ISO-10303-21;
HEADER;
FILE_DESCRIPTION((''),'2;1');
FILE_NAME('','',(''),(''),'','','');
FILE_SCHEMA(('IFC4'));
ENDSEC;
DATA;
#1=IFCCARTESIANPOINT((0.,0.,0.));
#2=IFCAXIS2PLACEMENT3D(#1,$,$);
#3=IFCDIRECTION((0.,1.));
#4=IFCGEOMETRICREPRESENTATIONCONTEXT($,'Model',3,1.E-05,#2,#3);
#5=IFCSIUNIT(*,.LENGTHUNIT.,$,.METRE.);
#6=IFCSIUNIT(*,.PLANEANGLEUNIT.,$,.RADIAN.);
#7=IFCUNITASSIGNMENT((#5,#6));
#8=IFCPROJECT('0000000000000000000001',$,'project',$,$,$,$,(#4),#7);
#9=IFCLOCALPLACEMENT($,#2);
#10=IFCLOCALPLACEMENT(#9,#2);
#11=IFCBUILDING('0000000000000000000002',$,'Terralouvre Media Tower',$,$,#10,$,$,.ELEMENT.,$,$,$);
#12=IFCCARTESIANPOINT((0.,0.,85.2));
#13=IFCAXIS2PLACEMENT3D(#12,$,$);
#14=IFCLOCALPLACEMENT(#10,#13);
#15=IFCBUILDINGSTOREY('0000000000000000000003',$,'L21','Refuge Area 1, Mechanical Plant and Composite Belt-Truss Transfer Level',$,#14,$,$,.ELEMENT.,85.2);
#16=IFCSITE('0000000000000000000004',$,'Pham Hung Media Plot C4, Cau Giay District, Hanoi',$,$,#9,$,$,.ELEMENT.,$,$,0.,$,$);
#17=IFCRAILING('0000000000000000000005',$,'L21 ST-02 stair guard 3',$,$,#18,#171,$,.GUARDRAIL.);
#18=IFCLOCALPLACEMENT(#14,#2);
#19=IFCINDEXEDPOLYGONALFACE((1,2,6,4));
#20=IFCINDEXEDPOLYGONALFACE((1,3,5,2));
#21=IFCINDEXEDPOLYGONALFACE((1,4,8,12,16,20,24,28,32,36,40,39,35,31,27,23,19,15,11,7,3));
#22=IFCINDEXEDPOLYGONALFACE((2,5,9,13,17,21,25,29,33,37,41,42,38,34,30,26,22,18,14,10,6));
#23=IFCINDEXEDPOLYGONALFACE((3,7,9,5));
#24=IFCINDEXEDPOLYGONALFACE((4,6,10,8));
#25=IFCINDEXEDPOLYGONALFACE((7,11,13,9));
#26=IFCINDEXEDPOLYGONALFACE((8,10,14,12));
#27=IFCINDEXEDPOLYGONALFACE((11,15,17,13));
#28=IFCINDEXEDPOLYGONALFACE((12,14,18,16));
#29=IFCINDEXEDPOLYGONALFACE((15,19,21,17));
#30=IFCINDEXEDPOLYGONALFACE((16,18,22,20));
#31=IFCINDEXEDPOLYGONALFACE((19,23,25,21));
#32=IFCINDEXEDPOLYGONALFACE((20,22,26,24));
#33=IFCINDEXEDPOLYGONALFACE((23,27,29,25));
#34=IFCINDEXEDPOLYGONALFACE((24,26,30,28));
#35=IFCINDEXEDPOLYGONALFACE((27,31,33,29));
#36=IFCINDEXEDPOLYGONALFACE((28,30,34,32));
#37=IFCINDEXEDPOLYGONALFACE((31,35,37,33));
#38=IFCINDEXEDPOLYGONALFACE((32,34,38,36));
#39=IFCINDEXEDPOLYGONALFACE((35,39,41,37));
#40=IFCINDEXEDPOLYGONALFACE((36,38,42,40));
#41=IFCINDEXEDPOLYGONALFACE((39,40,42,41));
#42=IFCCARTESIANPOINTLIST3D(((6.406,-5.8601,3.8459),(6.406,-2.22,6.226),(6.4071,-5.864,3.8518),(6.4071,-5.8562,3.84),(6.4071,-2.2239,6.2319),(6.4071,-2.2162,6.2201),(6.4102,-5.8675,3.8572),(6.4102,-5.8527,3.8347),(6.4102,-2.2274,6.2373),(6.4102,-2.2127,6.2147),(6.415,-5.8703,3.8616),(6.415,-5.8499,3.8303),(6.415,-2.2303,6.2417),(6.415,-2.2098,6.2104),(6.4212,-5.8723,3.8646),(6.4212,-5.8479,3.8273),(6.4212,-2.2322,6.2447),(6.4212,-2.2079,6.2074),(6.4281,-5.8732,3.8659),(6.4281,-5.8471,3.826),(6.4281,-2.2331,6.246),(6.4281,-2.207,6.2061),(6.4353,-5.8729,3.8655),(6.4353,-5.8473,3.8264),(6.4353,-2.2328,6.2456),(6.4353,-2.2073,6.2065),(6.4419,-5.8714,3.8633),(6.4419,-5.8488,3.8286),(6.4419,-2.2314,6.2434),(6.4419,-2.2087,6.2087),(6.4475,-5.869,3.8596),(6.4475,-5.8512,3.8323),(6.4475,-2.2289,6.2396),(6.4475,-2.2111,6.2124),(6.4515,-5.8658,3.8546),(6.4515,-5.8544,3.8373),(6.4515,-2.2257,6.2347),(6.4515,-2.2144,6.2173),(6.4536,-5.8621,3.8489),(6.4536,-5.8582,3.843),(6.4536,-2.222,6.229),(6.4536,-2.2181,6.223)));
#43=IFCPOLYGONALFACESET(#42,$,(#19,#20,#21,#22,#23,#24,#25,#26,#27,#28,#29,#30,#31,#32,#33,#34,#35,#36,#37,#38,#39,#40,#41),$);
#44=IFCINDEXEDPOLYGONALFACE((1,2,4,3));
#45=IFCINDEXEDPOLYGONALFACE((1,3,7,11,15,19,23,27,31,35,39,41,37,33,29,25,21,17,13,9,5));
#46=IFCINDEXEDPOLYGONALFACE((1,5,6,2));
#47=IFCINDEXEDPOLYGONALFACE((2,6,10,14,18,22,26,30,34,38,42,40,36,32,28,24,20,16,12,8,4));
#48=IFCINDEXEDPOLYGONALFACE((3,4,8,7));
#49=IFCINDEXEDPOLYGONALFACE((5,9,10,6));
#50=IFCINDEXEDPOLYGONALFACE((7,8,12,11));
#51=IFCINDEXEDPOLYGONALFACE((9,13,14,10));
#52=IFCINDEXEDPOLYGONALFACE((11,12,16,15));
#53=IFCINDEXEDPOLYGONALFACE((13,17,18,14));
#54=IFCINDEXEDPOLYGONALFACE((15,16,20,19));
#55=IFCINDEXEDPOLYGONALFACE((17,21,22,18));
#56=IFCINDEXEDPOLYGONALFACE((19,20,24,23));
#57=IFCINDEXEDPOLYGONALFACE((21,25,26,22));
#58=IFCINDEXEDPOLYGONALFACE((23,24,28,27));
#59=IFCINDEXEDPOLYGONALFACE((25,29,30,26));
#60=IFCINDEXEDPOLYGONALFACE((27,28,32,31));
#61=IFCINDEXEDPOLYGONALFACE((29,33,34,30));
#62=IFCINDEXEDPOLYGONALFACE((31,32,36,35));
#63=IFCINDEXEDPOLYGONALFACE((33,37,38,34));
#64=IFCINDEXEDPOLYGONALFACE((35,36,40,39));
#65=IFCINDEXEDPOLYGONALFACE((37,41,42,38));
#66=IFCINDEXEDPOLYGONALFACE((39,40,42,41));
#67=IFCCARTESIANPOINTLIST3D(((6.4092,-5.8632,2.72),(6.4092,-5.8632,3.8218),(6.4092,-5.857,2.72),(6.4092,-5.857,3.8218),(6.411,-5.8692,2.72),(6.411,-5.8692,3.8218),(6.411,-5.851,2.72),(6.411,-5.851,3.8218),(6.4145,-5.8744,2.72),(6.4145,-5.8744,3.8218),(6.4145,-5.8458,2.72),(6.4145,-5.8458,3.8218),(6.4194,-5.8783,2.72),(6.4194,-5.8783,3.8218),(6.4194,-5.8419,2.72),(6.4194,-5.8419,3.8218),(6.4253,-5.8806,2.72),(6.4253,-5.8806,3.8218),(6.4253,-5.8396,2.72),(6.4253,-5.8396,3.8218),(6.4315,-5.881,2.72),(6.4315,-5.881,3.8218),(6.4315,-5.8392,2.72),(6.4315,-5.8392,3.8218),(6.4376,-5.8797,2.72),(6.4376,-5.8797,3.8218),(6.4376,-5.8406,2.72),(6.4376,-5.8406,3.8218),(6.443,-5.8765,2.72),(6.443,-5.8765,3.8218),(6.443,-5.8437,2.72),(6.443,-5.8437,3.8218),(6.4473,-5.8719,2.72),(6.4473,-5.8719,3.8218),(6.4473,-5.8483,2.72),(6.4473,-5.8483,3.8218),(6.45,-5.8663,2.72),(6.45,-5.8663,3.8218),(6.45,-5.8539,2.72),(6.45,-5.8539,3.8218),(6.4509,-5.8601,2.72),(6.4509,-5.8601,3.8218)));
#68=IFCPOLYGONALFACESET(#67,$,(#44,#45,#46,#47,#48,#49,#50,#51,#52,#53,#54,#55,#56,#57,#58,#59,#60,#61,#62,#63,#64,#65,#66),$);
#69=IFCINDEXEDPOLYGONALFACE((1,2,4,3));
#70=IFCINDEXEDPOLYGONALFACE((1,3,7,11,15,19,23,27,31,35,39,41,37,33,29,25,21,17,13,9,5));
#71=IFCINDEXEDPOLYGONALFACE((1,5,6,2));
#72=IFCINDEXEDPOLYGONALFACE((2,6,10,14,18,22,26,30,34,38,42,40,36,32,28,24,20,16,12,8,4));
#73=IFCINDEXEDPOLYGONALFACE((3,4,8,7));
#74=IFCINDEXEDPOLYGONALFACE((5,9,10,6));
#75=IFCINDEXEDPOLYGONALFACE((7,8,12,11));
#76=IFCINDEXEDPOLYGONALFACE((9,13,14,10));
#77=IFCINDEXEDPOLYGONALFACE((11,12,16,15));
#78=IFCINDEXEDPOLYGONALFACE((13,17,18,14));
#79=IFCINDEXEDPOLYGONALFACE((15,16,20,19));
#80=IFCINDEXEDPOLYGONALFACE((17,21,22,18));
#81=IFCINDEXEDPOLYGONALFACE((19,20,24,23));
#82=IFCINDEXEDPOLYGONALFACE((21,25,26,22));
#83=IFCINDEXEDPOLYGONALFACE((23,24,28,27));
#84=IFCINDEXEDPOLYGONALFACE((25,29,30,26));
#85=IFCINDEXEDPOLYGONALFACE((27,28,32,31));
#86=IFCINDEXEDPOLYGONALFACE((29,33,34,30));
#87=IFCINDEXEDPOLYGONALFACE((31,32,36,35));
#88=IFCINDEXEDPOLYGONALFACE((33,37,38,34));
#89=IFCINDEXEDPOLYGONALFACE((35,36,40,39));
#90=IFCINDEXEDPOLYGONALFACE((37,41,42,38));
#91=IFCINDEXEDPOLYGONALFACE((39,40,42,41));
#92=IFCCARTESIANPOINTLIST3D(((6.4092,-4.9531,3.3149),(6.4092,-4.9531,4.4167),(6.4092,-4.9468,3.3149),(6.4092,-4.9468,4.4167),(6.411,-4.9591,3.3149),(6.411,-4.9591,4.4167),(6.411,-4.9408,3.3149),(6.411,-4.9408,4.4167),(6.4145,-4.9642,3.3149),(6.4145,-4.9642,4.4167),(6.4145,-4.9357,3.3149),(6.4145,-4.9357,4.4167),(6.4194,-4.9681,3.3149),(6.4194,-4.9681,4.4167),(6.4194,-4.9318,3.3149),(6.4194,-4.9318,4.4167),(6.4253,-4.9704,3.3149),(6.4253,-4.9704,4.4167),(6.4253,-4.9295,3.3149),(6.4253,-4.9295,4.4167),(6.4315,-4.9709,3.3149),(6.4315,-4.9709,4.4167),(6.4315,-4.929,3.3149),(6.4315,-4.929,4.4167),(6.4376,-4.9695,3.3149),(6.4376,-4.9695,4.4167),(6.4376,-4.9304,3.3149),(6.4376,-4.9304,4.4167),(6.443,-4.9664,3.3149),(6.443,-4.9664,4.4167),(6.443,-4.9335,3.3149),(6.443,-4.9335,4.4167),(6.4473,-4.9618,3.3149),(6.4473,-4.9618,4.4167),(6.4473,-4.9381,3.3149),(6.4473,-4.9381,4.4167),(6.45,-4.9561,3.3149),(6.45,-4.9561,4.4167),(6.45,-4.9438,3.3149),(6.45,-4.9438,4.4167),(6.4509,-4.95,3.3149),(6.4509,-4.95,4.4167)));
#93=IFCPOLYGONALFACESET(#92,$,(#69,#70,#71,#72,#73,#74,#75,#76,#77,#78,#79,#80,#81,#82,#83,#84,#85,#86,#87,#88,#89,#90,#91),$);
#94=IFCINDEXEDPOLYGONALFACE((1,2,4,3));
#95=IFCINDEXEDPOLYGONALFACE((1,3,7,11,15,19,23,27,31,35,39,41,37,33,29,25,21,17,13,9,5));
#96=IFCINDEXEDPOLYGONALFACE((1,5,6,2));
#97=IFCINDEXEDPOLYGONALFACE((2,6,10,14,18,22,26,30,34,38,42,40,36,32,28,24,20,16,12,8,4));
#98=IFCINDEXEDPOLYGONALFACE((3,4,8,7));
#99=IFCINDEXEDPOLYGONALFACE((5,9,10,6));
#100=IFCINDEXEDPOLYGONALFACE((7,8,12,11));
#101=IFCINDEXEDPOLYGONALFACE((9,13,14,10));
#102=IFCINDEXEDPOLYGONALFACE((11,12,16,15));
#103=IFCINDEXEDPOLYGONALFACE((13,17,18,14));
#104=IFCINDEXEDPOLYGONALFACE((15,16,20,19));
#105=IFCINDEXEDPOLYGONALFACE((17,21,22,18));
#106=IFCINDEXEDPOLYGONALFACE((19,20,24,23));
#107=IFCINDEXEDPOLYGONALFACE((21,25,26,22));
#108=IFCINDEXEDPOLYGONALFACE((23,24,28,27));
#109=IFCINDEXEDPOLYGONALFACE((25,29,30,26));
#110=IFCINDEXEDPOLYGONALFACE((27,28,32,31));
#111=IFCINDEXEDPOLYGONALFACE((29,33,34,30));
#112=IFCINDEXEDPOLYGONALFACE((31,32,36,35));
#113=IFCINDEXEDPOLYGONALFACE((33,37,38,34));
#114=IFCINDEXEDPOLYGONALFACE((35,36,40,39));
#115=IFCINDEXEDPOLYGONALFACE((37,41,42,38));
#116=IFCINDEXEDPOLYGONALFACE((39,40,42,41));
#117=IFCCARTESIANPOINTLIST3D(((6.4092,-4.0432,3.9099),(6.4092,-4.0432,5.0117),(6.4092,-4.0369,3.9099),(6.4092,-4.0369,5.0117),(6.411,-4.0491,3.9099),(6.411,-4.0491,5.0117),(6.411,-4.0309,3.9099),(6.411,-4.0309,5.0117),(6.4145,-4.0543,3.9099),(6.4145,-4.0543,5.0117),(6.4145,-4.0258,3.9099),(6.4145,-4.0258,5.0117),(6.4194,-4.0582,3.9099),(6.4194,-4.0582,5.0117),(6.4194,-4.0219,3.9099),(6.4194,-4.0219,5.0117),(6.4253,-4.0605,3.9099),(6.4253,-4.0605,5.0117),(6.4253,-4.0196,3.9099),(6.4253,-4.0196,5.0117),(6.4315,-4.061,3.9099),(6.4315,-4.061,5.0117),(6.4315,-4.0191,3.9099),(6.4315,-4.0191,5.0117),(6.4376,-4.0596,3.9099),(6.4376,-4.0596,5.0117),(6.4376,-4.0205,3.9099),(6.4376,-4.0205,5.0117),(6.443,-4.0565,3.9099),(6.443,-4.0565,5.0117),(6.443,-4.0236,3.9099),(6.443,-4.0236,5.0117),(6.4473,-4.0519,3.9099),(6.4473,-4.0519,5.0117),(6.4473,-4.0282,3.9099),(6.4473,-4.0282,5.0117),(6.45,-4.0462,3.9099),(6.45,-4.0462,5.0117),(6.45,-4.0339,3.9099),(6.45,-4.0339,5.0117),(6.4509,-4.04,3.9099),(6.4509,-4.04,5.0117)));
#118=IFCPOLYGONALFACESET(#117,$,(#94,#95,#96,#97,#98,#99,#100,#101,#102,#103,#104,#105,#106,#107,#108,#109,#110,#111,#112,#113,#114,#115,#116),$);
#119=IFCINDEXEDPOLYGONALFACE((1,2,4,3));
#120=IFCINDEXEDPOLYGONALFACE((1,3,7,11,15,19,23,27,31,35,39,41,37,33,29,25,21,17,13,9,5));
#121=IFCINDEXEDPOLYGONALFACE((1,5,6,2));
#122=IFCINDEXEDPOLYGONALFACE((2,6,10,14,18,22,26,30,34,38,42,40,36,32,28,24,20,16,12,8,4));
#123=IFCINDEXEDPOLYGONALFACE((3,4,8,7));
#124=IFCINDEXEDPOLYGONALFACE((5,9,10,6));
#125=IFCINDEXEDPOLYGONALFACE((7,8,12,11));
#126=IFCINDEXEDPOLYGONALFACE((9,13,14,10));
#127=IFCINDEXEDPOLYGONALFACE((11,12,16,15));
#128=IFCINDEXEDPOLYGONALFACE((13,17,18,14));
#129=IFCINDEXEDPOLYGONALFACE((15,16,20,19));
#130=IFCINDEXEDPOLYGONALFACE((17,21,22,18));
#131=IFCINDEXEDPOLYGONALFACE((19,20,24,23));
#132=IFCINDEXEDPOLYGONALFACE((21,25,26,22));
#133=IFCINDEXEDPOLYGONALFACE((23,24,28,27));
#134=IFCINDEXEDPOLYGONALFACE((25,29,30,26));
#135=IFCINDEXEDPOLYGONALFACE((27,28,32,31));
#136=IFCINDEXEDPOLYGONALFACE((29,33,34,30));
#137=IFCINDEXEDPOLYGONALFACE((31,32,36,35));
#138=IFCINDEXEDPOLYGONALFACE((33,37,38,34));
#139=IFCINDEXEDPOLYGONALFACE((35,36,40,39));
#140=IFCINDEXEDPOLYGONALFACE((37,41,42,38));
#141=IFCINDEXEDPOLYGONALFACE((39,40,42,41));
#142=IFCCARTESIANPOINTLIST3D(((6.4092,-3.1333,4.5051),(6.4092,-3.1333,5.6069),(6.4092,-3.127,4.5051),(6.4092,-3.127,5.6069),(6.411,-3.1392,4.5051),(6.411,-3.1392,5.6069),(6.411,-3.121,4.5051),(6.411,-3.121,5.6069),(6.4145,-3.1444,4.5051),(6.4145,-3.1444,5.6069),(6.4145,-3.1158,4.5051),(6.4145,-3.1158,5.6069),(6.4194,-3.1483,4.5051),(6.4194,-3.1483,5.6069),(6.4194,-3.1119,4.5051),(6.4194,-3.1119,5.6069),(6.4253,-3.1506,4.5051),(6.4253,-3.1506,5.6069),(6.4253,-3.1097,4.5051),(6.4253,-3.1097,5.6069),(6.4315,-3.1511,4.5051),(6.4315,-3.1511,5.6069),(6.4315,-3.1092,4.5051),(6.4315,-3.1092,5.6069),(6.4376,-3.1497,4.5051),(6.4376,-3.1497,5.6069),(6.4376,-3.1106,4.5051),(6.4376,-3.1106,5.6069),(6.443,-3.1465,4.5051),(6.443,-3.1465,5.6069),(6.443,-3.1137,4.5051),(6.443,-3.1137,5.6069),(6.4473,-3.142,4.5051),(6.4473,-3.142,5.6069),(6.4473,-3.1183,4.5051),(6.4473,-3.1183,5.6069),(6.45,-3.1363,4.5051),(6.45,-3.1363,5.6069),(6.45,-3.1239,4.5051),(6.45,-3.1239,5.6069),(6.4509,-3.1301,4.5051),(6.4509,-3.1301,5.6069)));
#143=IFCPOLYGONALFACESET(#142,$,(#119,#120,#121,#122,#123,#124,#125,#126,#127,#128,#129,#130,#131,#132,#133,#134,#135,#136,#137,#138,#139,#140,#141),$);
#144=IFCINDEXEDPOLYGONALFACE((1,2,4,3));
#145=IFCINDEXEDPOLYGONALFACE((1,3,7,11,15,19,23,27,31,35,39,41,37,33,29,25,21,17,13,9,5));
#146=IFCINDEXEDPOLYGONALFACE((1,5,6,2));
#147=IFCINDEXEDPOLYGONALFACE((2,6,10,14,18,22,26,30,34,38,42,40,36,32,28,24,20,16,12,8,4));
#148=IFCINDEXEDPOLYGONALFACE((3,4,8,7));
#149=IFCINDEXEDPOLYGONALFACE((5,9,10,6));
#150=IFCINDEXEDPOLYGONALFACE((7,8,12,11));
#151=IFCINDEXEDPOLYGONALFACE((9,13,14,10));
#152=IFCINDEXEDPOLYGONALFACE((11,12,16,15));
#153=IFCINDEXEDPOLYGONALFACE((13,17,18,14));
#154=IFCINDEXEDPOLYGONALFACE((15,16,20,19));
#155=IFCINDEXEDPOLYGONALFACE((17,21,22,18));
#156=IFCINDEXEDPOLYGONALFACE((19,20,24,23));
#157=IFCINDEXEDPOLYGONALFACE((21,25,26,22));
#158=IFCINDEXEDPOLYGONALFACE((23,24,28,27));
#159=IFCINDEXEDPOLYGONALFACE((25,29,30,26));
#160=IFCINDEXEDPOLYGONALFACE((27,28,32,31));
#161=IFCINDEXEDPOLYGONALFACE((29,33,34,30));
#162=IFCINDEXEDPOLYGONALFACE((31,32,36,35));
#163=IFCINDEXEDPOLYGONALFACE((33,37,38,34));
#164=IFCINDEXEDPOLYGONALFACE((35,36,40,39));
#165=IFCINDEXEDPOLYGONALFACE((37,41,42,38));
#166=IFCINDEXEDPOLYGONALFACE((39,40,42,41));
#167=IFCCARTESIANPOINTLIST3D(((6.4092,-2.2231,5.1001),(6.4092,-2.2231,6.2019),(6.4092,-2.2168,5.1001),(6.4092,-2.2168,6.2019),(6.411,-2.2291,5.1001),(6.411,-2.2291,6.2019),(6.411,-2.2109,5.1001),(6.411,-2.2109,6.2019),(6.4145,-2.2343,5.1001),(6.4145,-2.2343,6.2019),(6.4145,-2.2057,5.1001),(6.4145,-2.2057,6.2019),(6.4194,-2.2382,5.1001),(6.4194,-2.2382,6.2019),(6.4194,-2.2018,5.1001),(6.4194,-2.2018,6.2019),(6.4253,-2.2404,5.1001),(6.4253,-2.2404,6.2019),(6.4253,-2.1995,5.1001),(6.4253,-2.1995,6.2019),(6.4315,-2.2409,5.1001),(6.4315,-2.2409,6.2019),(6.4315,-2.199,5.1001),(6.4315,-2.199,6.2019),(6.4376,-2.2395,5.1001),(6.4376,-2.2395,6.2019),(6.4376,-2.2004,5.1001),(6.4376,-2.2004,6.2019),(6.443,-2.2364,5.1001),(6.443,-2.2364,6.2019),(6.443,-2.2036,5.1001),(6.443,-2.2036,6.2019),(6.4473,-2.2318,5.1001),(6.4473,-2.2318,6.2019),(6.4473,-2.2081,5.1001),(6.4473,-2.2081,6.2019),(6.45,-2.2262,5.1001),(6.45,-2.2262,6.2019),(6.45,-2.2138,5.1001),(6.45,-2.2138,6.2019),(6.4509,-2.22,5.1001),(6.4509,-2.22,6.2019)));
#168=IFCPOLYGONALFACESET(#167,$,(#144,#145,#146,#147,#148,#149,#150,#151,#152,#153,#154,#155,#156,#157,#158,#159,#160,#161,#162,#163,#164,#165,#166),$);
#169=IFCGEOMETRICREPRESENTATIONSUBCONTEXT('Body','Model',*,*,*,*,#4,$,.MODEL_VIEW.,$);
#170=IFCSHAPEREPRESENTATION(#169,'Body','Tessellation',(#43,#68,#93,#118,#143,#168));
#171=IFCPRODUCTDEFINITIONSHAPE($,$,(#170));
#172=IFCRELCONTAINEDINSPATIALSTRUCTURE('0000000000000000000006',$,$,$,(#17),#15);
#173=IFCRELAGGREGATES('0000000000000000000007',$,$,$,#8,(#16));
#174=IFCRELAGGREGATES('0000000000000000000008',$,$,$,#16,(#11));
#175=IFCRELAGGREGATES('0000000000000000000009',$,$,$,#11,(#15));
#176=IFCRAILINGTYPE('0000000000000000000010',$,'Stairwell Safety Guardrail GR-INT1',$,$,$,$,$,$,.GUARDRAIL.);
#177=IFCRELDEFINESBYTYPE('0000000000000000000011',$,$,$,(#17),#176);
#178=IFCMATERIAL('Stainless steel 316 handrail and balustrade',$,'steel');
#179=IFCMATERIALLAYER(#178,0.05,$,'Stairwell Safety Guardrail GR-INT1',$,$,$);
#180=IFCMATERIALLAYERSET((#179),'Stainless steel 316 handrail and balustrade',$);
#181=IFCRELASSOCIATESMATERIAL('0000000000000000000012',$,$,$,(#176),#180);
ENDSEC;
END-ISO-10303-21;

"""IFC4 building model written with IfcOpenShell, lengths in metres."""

from ifc_helpers import new_model, si_unit, direction, frame, origin, origin_2d, place, context, subcontext, project, spatial, circle, extrude, material, layer, layer_set, type_object, element, save


model = new_model("IFC4")

# Units and contexts
model_context = context("Model", 3, precision=1e-05, world=origin(), true_north=direction((0.0, 1.0)))
body_context = subcontext(model_context, "Body", "Model", "MODEL_VIEW")
ifc_project = project(units=[si_unit("LENGTHUNIT", "METRE"), si_unit("PLANEANGLEUNIT", "RADIAN")], contexts=[model_context])

# Site, building, storey
site_placement = place(None, origin())
site = spatial("IfcSite", under=ifc_project, at=site_placement, Name="Pham Hung Media Plot C4, Cau Giay District, Hanoi", CompositionType="ELEMENT", RefElevation=0.0)
building_placement = place(site_placement, origin())
building = spatial("IfcBuilding", under=site, at=building_placement, Name="Terralouvre Media Tower", CompositionType="ELEMENT")
storey_placement = place(building_placement, frame((0.0, 0.0, 85.2)))
storey = spatial("IfcBuildingStorey", under=building, at=storey_placement, Name="L21", Description="Refuge Area 1, Mechanical Plant and Composite Belt-Truss Transfer Level", CompositionType="ELEMENT", Elevation=85.2)

# Railing
ifc_material_1 = material(Name="Stainless steel 316 handrail and balustrade", Category="steel")
ifc_layer_1 = layer(ifc_material_1, 0.05, Name="Stairwell Safety Guardrail GR-INT1")
ifc_layer_set_1 = layer_set([ifc_layer_1], Name="Stainless steel 316 handrail and balustrade")
railing_type_1 = type_object("IfcRailingType", Name="Stairwell Safety Guardrail GR-INT1", PredefinedType="GUARDRAIL", material=ifc_layer_set_1)
railing_1_placement = place(storey_placement, frame((6.4299, -5.8601, 2.72)))
element("IfcRailing", 1, at=railing_1_placement, inside=storey, type_object=railing_type_1, Name="L21 ST-02 stair guard 3", PredefinedType="GUARDRAIL", context=body_context, shape_type="SweptSolid", body=[
    extrude(circle(Radius=0.0239, at=origin_2d()), frame((0.0, 0.0, 1.126), z_axis=(0.0, 0.836966, 0.547255), x_axis=(-1.0, 0.0, 0.0)), (0.0, 0.0, 1.0), 4.3491),
    extrude(circle(Radius=0.021, at=origin_2d()), origin(), (0.0, 0.0, 1.0), 1.1018),
    extrude(circle(Radius=0.021, at=origin_2d()), frame((0.0, 0.9102, 0.595)), (0.0, 0.0, 1.0), 1.1018),
    extrude(circle(Radius=0.021, at=origin_2d()), frame((0.0, 1.8201, 1.1899)), (0.0, 0.0, 1.0), 1.1018),
    extrude(circle(Radius=0.021, at=origin_2d()), frame((0.0, 2.73, 1.7852)), (0.0, 0.0, 1.0), 1.1018),
    extrude(circle(Radius=0.021, at=origin_2d()), frame((0.0, 3.6401, 2.3801)), (0.0, 0.0, 1.0), 1.1018),
])

save(model, "model.ifc")
